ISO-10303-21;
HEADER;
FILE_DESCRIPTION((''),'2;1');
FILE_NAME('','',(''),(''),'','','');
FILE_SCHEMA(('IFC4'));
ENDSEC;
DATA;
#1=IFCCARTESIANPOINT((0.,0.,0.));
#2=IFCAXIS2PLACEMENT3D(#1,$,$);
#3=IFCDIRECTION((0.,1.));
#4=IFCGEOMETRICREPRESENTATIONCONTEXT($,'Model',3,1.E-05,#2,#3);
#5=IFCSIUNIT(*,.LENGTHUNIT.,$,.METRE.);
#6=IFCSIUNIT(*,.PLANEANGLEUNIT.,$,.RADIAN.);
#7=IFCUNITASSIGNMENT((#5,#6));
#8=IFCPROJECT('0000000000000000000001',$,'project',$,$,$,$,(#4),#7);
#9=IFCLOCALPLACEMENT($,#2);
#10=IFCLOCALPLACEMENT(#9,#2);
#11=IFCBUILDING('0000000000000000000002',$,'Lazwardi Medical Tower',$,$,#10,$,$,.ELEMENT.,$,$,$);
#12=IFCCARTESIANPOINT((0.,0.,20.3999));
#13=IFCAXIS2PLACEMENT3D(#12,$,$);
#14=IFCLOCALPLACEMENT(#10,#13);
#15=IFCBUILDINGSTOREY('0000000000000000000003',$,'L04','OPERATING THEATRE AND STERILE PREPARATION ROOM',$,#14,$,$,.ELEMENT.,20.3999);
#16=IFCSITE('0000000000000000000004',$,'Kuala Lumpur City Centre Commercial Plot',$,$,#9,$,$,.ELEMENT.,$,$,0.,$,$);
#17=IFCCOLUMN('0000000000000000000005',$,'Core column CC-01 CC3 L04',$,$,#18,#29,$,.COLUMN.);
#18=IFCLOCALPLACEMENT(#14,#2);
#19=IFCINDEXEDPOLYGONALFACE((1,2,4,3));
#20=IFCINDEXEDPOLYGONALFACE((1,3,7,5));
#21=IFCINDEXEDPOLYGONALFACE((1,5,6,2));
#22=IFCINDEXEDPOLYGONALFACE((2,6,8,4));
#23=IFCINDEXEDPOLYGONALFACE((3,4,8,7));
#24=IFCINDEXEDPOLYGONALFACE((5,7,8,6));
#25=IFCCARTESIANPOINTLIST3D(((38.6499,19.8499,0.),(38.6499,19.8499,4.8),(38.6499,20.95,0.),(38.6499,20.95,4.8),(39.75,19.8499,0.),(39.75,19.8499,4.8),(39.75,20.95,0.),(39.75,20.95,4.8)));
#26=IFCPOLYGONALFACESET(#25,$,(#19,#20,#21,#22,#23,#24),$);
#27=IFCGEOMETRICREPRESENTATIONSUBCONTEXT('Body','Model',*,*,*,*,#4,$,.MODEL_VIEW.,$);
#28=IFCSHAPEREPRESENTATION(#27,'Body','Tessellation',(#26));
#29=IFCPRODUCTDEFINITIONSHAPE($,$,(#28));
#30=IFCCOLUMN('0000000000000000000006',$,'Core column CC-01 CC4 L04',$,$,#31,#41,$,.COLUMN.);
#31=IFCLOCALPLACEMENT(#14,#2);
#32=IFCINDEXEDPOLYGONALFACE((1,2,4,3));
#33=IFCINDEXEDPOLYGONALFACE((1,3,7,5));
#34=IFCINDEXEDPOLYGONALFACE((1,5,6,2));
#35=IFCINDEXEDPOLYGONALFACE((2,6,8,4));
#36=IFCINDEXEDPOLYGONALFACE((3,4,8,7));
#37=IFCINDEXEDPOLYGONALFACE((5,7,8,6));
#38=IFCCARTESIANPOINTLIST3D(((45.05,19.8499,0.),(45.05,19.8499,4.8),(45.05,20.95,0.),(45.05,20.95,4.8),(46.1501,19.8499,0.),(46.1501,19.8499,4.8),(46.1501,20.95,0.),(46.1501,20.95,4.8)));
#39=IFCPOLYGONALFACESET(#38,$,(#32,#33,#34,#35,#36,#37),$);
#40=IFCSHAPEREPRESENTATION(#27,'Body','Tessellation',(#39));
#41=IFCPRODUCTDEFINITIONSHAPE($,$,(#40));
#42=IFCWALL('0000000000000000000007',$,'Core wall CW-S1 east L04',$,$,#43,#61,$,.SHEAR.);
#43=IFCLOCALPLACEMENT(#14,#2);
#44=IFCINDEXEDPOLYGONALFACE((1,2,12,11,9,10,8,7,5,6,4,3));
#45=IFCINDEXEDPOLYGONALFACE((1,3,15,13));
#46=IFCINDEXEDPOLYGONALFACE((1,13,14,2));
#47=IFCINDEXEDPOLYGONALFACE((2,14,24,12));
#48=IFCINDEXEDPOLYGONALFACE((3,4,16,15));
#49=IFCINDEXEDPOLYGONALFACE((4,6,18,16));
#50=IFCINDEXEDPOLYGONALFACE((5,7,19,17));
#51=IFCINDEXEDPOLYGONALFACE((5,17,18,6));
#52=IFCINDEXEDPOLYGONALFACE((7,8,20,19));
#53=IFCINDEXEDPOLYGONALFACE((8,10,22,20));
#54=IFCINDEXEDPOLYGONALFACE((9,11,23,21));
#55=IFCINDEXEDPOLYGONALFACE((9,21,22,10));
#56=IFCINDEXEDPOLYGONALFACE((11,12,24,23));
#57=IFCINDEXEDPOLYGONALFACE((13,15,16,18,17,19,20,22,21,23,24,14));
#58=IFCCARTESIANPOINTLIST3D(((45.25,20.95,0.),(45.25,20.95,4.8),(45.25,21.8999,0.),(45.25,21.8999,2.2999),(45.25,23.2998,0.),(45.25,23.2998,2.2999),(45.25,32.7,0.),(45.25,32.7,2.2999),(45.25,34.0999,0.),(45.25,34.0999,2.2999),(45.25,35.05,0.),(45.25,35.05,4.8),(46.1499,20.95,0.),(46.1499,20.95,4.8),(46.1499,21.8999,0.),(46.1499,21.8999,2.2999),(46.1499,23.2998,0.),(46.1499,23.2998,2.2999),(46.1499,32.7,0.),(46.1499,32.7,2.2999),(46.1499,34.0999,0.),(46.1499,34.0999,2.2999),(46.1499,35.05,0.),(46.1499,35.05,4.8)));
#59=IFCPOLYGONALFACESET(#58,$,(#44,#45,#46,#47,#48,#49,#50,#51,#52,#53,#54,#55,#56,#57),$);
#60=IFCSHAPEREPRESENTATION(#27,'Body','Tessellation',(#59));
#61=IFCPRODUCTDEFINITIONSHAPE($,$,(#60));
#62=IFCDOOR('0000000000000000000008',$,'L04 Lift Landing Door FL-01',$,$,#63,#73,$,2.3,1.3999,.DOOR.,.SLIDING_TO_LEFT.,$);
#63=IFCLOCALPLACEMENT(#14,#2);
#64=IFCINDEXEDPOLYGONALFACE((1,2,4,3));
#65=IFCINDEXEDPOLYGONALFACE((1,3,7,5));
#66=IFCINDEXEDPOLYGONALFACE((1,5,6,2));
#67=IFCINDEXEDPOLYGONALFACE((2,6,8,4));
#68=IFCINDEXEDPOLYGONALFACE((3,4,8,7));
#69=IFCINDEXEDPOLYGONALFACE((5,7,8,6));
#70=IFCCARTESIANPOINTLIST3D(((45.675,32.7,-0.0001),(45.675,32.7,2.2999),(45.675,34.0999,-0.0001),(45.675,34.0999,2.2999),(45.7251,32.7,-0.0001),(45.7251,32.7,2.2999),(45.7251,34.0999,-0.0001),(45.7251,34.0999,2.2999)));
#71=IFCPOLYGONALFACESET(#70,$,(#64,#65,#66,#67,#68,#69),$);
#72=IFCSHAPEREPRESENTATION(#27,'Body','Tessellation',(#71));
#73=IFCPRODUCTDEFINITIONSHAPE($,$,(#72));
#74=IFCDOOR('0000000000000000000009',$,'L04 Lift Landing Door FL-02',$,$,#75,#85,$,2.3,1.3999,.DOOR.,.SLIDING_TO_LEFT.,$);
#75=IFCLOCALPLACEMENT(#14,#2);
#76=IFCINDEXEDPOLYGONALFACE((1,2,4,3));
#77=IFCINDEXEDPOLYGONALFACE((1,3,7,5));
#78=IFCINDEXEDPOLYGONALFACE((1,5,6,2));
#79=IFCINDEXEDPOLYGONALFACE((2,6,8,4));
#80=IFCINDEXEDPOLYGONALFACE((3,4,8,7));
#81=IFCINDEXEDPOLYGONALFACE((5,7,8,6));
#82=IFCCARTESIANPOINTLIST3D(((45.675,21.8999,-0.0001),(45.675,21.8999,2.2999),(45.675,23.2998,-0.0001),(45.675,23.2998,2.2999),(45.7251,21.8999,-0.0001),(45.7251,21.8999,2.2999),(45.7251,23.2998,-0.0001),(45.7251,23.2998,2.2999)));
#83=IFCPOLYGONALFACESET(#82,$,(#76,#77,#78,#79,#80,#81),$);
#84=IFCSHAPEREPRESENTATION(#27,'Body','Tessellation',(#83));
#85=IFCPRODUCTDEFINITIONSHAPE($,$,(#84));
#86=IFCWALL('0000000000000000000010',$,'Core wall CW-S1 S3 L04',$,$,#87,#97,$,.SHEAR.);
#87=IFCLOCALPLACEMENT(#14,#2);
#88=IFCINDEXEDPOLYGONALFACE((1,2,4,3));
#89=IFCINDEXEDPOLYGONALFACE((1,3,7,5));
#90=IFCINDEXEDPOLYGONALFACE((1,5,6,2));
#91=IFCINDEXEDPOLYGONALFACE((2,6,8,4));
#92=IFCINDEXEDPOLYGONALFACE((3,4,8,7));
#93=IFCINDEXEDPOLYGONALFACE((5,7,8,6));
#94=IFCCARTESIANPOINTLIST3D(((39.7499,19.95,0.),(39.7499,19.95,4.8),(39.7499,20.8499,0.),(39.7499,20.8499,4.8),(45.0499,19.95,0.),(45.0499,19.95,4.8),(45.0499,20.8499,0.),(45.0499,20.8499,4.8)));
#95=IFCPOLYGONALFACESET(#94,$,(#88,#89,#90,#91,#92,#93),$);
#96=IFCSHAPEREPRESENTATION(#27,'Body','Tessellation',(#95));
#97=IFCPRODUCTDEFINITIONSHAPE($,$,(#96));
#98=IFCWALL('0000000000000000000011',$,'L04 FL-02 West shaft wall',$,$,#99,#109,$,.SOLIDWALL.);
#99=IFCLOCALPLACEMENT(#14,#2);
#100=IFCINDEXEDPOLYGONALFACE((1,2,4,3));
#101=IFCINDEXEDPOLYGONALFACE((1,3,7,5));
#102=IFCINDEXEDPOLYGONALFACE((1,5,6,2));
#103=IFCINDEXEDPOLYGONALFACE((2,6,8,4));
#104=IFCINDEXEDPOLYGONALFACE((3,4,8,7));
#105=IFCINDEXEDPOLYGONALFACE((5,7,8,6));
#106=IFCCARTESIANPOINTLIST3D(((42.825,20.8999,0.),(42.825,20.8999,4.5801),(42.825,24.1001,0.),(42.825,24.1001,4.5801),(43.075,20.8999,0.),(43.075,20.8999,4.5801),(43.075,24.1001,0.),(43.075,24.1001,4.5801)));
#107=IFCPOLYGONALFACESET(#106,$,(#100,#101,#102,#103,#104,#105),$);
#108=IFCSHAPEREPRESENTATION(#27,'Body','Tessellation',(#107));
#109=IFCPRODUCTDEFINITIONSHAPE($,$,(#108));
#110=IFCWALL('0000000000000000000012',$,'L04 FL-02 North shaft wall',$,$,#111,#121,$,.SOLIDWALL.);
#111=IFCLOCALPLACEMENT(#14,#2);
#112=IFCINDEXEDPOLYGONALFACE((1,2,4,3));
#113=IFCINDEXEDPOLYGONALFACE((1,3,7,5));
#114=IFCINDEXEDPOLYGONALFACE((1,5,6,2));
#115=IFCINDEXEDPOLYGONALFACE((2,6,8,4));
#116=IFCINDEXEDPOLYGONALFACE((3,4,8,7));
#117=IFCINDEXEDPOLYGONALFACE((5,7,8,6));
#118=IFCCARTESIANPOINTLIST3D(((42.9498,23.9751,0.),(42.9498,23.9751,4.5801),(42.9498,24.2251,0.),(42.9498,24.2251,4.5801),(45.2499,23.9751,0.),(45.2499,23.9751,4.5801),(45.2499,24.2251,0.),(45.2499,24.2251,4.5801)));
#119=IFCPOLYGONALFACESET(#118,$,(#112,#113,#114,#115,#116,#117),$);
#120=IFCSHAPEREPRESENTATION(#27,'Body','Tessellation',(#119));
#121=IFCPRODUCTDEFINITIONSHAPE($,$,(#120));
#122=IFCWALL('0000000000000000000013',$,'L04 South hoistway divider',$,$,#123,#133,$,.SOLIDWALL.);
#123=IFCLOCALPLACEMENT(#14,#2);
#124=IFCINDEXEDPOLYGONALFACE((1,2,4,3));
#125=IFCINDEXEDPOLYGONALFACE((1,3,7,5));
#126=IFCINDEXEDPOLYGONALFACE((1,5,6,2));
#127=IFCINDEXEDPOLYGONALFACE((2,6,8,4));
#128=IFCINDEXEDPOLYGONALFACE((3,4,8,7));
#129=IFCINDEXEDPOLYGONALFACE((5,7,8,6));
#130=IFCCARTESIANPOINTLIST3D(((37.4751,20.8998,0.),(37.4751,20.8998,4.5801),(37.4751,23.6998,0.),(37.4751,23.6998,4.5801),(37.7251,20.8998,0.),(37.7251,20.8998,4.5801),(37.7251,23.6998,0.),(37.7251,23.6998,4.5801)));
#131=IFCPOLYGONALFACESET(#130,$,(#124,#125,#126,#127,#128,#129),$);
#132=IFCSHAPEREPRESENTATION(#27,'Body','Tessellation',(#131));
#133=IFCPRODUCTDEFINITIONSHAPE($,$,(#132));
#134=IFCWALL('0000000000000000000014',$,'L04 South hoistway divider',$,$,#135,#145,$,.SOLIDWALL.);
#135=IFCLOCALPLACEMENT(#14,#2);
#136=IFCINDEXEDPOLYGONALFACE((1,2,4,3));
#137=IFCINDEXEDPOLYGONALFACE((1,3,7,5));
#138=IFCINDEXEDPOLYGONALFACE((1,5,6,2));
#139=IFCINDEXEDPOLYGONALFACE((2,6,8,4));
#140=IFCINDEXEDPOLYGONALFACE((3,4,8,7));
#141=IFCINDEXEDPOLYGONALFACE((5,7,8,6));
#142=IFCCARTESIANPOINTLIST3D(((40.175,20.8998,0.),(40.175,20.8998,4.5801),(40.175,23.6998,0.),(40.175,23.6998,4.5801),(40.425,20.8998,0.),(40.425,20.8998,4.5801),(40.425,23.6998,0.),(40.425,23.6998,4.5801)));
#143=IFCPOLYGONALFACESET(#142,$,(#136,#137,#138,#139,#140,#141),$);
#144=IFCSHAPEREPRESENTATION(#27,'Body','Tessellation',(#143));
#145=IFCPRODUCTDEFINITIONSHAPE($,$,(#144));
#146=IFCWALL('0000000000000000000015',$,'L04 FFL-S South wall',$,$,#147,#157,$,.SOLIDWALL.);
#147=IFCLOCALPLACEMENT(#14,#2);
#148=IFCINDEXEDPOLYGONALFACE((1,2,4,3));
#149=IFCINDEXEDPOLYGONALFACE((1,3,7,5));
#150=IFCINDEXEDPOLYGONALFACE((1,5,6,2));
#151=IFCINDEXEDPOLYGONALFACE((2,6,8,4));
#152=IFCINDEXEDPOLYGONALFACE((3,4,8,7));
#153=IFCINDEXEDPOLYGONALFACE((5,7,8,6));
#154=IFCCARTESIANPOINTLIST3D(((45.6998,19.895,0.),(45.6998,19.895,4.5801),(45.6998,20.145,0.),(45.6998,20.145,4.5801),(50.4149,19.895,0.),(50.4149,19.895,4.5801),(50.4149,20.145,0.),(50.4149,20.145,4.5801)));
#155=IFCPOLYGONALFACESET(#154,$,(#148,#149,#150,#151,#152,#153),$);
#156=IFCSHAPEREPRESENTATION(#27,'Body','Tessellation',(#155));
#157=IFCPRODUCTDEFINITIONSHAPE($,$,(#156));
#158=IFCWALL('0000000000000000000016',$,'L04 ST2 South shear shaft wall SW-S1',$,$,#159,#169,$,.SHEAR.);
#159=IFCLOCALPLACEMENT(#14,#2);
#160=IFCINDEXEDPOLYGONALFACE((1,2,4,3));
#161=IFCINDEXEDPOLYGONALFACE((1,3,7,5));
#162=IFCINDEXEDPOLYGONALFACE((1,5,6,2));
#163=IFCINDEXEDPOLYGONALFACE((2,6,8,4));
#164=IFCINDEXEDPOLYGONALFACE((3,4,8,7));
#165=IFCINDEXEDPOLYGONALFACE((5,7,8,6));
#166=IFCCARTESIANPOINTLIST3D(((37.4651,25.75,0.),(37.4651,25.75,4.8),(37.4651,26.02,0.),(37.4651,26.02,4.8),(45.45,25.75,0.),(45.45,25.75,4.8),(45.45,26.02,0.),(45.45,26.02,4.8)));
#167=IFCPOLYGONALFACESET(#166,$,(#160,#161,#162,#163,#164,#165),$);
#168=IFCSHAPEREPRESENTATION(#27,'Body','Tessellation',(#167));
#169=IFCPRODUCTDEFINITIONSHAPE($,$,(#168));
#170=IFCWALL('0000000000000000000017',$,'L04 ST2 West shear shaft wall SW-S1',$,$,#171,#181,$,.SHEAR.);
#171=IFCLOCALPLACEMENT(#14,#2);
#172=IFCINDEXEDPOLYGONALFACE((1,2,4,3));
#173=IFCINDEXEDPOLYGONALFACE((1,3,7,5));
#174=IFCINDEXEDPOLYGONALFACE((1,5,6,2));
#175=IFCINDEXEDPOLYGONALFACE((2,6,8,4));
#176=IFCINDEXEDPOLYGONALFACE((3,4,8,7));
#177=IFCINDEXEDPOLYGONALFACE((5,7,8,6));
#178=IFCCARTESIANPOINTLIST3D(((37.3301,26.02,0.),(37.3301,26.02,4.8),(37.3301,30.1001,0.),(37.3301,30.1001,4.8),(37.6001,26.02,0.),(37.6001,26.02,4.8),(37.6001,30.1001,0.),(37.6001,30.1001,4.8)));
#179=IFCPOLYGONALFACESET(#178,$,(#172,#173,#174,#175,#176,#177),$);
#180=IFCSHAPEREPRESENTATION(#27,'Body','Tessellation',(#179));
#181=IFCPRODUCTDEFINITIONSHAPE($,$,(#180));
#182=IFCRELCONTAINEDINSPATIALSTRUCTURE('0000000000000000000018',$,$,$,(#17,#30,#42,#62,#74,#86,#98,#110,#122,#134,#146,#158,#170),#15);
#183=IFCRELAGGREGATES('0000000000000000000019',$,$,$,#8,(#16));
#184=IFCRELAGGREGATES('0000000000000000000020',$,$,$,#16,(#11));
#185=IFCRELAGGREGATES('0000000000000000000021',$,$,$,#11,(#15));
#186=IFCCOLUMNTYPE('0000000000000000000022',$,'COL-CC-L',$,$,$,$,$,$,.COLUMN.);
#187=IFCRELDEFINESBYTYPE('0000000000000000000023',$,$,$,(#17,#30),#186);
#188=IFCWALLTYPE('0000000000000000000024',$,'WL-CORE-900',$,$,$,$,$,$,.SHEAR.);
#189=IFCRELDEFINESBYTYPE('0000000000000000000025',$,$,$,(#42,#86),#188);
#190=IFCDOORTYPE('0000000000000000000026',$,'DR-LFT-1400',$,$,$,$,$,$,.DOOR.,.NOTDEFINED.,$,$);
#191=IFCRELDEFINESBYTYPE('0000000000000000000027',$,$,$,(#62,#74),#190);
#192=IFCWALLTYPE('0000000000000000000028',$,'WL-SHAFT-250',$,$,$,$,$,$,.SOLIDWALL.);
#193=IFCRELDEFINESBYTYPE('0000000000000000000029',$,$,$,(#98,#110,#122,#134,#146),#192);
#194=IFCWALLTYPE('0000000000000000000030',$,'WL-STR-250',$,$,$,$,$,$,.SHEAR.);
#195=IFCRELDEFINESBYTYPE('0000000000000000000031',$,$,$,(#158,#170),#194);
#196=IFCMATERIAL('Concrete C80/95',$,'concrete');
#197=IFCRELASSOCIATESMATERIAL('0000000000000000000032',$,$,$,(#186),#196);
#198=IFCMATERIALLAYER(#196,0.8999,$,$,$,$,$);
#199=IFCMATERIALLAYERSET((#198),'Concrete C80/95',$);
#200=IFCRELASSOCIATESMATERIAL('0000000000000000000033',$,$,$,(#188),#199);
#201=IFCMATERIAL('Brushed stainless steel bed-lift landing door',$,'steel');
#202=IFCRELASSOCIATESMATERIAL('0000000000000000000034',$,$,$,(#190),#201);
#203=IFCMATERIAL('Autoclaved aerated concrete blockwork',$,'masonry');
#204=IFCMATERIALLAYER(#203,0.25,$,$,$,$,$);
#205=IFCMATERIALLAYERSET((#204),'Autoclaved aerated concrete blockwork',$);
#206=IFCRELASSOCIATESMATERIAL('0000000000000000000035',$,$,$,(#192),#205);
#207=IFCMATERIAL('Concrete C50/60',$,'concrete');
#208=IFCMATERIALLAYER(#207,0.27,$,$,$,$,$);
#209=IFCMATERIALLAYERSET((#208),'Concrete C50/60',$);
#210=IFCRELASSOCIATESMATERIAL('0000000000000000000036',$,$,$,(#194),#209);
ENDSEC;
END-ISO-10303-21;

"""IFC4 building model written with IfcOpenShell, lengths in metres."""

from ifc_helpers import new_model, si_unit, direction, frame, frame_2d, origin, origin_2d, place, context, subcontext, project, spatial, rectangle, extrude, material, layer, layer_set, material_profile, profile_set, type_object, element, fill, save


model = new_model("IFC4")

# Units and contexts
model_context = context("Model", 3, precision=1e-05, world=origin(), true_north=direction((0.0, 1.0)))
body_context = subcontext(model_context, "Body", "Model", "MODEL_VIEW")
ifc_project = project(units=[si_unit("LENGTHUNIT", "METRE"), si_unit("PLANEANGLEUNIT", "RADIAN")], contexts=[model_context])

# Site, building, storey
site_placement = place(None, origin())
site = spatial("IfcSite", under=ifc_project, at=site_placement, Name="Kuala Lumpur City Centre Commercial Plot", CompositionType="ELEMENT", RefElevation=0.0)
building_placement = place(site_placement, origin())
building = spatial("IfcBuilding", under=site, at=building_placement, Name="Lazwardi Medical Tower", CompositionType="ELEMENT")
storey_placement = place(building_placement, frame((0.0, 0.0, 20.3999)))
storey = spatial("IfcBuildingStorey", under=building, at=storey_placement, Name="L04", Description="OPERATING THEATRE AND STERILE PREPARATION ROOM", CompositionType="ELEMENT", Elevation=20.3999)

# Columns
ifc_material_1 = material(Name="Concrete C80/95", Category="concrete")
ifc_material_profile = material_profile(ifc_material_1, rectangle(XDim=1.1001, YDim=1.1001, at=origin_2d()), Name="RC 1100x1100")
ifc_profile_set = profile_set([ifc_material_profile], Name="Concrete C80/95")
column_type = type_object("IfcColumnType", Name="COL-CC-L", PredefinedType="COLUMN", material=ifc_profile_set)
for number, where, z_axis, x_axis, name in (
    (1, (39.2, 20.3999, 0.0), (0.0, 0.0, 1.0), (1.0, 0.0, 0.0), "Core column CC-01 CC3 L04"),
    (2, (45.6001, 20.3999, 0.0), (0.0, 0.0, 1.0), (1.0, 0.0, 0.0), "Core column CC-01 CC4 L04"),
):
    element("IfcColumn", number, at=place(storey_placement, frame(where, z_axis=z_axis, x_axis=x_axis)), inside=storey, type_object=column_type, Name=name, PredefinedType="COLUMN", context=body_context, shape_type="SweptSolid", body=[
        extrude(rectangle(XDim=1.1001, YDim=1.1001, at=origin_2d()), origin(), (0.0, 0.0, 1.0), 4.8),
    ])

# Wall, openings, doors
ifc_layer_1 = layer(ifc_material_1, 0.8999)
ifc_layer_set_1 = layer_set([ifc_layer_1], Name="Concrete C80/95")
wall_type_1 = type_object("IfcWallType", Name="WL-CORE-900", PredefinedType="SHEAR", material=ifc_layer_set_1)
wall_1_placement = place(storey_placement, frame((45.7, 20.95, 0.0), z_axis=(0.0, 0.0, 1.0), x_axis=(0.0, 1.0, 0.0)))
wall_1 = element("IfcWall", 3, at=wall_1_placement, inside=storey, type_object=wall_type_1, Name="Core wall CW-S1 east L04", PredefinedType="SHEAR", context=body_context, shape_type="SweptSolid", body=[
    extrude(rectangle(XDim=14.1001, YDim=0.8999, at=frame_2d((7.05, 0.0))), origin(), (0.0, 0.0, 1.0), 4.8),
])
opening_1_placement = place(wall_1_placement, frame((11.75, 0.0, 0.0)))
opening_1 = element("IfcOpeningElement", 4, at=opening_1_placement, cuts=wall_1, PredefinedType="OPENING", context=body_context, shape_type="SweptSolid", body=[
    extrude(rectangle(XDim=1.3999, YDim=2.3, at=frame_2d((0.7, 1.1499))), frame((0.0, 0.46, 0.0), z_axis=(0.0, -1.0, 0.0), x_axis=(1.0, 0.0, 0.0)), (0.0, 0.0, 1.0), 0.9199),
])
opening_2_placement = place(wall_1_placement, frame((0.95, 0.0, 0.0)))
opening_2 = element("IfcOpeningElement", 5, at=opening_2_placement, cuts=wall_1, PredefinedType="OPENING", context=body_context, shape_type="SweptSolid", body=[
    extrude(rectangle(XDim=1.3999, YDim=2.3, at=frame_2d((0.7, 1.1499))), frame((0.0, 0.46, 0.0), z_axis=(0.0, -1.0, 0.0), x_axis=(1.0, 0.0, 0.0)), (0.0, 0.0, 1.0), 0.9199),
])
ifc_material_2 = material(Name="Brushed stainless steel bed-lift landing door", Category="steel")
door_type = type_object("IfcDoorType", Name="DR-LFT-1400", OperationType="NOTDEFINED", PredefinedType="DOOR", material=ifc_material_2)
door_1_placement = place(opening_1_placement, origin())
door_1 = element("IfcDoor", 6, at=door_1_placement, inside=storey, type_object=door_type, Name="L04 Lift Landing Door FL-01", OperationType="SLIDING_TO_LEFT", OverallHeight=2.3, OverallWidth=1.3999, PredefinedType="DOOR", context=body_context, shape_type="SweptSolid", body=[
    extrude(rectangle(XDim=1.3999, YDim=2.3, at=frame_2d((0.7, 1.1499))), frame((0.0, 0.0249, 0.0), z_axis=(0.0, -1.0, 0.0), x_axis=(1.0, 0.0, 0.0)), (0.0, 0.0, 1.0), 0.05),
])
fill(opening_1, door_1)
door_2_placement = place(opening_2_placement, origin())
door_2 = element("IfcDoor", 7, at=door_2_placement, inside=storey, type_object=door_type, Name="L04 Lift Landing Door FL-02", OperationType="SLIDING_TO_LEFT", OverallHeight=2.3, OverallWidth=1.3999, PredefinedType="DOOR", context=body_context, shape_type="SweptSolid", body=[
    extrude(rectangle(XDim=1.3999, YDim=2.3, at=frame_2d((0.7, 1.1499))), frame((0.0, 0.0249, 0.0), z_axis=(0.0, -1.0, 0.0), x_axis=(1.0, 0.0, 0.0)), (0.0, 0.0, 1.0), 0.05),
])
fill(opening_2, door_2)

# Walls
wall_2_placement = place(storey_placement, frame((39.75, 20.3999, 0.0), z_axis=(0.0, 0.0, 1.0), x_axis=(1.0, 0.0, 0.0)))
element("IfcWall", 8, at=wall_2_placement, inside=storey, type_object=wall_type_1, Name="Core wall CW-S1 S3 L04", PredefinedType="SHEAR", context=body_context, shape_type="SweptSolid", body=[
    extrude(rectangle(XDim=5.3, YDim=0.8999, at=frame_2d((2.6499, 0.0))), origin(), (0.0, 0.0, 1.0), 4.8),
])
ifc_material_3 = material(Name="Autoclaved aerated concrete blockwork", Category="masonry")
ifc_layer_2 = layer(ifc_material_3, 0.25)
ifc_layer_set_2 = layer_set([ifc_layer_2], Name="Autoclaved aerated concrete blockwork")
wall_type_2 = type_object("IfcWallType", Name="WL-SHAFT-250", PredefinedType="SOLIDWALL", material=ifc_layer_set_2)
wall_3_placement = place(storey_placement, frame((42.95, 20.8999, 0.0), z_axis=(0.0, 0.0, 1.0), x_axis=(0.0, 1.0, 0.0)))
element("IfcWall", 9, at=wall_3_placement, inside=storey, type_object=wall_type_2, Name="L04 FL-02 West shaft wall", PredefinedType="SOLIDWALL", context=body_context, shape_type="SweptSolid", body=[
    extrude(rectangle(XDim=3.2002, YDim=0.25, at=frame_2d((1.6001, 0.0))), origin(), (0.0, 0.0, 1.0), 4.5801),
])
wall_4_placement = place(storey_placement, frame((42.95, 24.1001, 0.0), z_axis=(0.0, 0.0, 1.0), x_axis=(1.0, 0.0, 0.0)))
element("IfcWall", 10, at=wall_4_placement, inside=storey, type_object=wall_type_2, Name="L04 FL-02 North shaft wall", PredefinedType="SOLIDWALL", context=body_context, shape_type="SweptSolid", body=[
    extrude(rectangle(XDim=2.3, YDim=0.25, at=frame_2d((1.1499, 0.0))), origin(), (0.0, 0.0, 1.0), 4.5801),
])
for number, where, z_axis, x_axis, name in (
    (11, (37.6001, 20.8999, 0.0), (0.0, 0.0, 1.0), (0.0, 1.0, 0.0), "L04 South hoistway divider"),
    (12, (40.3, 20.8999, 0.0), (0.0, 0.0, 1.0), (0.0, 1.0, 0.0), "L04 South hoistway divider"),
):
    element("IfcWall", number, at=place(storey_placement, frame(where, z_axis=z_axis, x_axis=x_axis)), inside=storey, type_object=wall_type_2, Name=name, PredefinedType="SOLIDWALL", context=body_context, shape_type="SweptSolid", body=[
        extrude(rectangle(XDim=2.8, YDim=0.25, at=frame_2d((1.3999, 0.0))), origin(), (0.0, 0.0, 1.0), 4.5801),
    ])
wall_5_placement = place(storey_placement, frame((45.7, 20.02, 0.0), z_axis=(0.0, 0.0, 1.0), x_axis=(1.0, 0.0, 0.0)))
element("IfcWall", 13, at=wall_5_placement, inside=storey, type_object=wall_type_2, Name="L04 FFL-S South wall", PredefinedType="SOLIDWALL", context=body_context, shape_type="SweptSolid", body=[
    extrude(rectangle(XDim=4.7151, YDim=0.25, at=frame_2d((2.3574, 0.0))), origin(), (0.0, 0.0, 1.0), 4.5801),
])
ifc_material_4 = material(Name="Concrete C50/60", Category="concrete")
ifc_layer_3 = layer(ifc_material_4, 0.27)
ifc_layer_set_3 = layer_set([ifc_layer_3], Name="Concrete C50/60")
wall_type_3 = type_object("IfcWallType", Name="WL-STR-250", PredefinedType="SHEAR", material=ifc_layer_set_3)
wall_6_placement = place(storey_placement, frame((37.4651, 25.885, 0.0), z_axis=(0.0, 0.0, 1.0), x_axis=(1.0, 0.0, 0.0)))
element("IfcWall", 14, at=wall_6_placement, inside=storey, type_object=wall_type_3, Name="L04 ST2 South shear shaft wall SW-S1", PredefinedType="SHEAR", context=body_context, shape_type="SweptSolid", body=[
    extrude(rectangle(XDim=7.9849, YDim=0.27, at=frame_2d((3.9924, 0.0))), origin(), (0.0, 0.0, 1.0), 4.8),
])
wall_7_placement = place(storey_placement, frame((37.4651, 26.02, 0.0), z_axis=(0.0, 0.0, 1.0), x_axis=(0.0, 1.0, 0.0)))
element("IfcWall", 15, at=wall_7_placement, inside=storey, type_object=wall_type_3, Name="L04 ST2 West shear shaft wall SW-S1", PredefinedType="SHEAR", context=body_context, shape_type="SweptSolid", body=[
    extrude(rectangle(XDim=4.0801, YDim=0.27, at=frame_2d((2.04, 0.0))), origin(), (0.0, 0.0, 1.0), 4.8),
])

save(model, "model.ifc")
